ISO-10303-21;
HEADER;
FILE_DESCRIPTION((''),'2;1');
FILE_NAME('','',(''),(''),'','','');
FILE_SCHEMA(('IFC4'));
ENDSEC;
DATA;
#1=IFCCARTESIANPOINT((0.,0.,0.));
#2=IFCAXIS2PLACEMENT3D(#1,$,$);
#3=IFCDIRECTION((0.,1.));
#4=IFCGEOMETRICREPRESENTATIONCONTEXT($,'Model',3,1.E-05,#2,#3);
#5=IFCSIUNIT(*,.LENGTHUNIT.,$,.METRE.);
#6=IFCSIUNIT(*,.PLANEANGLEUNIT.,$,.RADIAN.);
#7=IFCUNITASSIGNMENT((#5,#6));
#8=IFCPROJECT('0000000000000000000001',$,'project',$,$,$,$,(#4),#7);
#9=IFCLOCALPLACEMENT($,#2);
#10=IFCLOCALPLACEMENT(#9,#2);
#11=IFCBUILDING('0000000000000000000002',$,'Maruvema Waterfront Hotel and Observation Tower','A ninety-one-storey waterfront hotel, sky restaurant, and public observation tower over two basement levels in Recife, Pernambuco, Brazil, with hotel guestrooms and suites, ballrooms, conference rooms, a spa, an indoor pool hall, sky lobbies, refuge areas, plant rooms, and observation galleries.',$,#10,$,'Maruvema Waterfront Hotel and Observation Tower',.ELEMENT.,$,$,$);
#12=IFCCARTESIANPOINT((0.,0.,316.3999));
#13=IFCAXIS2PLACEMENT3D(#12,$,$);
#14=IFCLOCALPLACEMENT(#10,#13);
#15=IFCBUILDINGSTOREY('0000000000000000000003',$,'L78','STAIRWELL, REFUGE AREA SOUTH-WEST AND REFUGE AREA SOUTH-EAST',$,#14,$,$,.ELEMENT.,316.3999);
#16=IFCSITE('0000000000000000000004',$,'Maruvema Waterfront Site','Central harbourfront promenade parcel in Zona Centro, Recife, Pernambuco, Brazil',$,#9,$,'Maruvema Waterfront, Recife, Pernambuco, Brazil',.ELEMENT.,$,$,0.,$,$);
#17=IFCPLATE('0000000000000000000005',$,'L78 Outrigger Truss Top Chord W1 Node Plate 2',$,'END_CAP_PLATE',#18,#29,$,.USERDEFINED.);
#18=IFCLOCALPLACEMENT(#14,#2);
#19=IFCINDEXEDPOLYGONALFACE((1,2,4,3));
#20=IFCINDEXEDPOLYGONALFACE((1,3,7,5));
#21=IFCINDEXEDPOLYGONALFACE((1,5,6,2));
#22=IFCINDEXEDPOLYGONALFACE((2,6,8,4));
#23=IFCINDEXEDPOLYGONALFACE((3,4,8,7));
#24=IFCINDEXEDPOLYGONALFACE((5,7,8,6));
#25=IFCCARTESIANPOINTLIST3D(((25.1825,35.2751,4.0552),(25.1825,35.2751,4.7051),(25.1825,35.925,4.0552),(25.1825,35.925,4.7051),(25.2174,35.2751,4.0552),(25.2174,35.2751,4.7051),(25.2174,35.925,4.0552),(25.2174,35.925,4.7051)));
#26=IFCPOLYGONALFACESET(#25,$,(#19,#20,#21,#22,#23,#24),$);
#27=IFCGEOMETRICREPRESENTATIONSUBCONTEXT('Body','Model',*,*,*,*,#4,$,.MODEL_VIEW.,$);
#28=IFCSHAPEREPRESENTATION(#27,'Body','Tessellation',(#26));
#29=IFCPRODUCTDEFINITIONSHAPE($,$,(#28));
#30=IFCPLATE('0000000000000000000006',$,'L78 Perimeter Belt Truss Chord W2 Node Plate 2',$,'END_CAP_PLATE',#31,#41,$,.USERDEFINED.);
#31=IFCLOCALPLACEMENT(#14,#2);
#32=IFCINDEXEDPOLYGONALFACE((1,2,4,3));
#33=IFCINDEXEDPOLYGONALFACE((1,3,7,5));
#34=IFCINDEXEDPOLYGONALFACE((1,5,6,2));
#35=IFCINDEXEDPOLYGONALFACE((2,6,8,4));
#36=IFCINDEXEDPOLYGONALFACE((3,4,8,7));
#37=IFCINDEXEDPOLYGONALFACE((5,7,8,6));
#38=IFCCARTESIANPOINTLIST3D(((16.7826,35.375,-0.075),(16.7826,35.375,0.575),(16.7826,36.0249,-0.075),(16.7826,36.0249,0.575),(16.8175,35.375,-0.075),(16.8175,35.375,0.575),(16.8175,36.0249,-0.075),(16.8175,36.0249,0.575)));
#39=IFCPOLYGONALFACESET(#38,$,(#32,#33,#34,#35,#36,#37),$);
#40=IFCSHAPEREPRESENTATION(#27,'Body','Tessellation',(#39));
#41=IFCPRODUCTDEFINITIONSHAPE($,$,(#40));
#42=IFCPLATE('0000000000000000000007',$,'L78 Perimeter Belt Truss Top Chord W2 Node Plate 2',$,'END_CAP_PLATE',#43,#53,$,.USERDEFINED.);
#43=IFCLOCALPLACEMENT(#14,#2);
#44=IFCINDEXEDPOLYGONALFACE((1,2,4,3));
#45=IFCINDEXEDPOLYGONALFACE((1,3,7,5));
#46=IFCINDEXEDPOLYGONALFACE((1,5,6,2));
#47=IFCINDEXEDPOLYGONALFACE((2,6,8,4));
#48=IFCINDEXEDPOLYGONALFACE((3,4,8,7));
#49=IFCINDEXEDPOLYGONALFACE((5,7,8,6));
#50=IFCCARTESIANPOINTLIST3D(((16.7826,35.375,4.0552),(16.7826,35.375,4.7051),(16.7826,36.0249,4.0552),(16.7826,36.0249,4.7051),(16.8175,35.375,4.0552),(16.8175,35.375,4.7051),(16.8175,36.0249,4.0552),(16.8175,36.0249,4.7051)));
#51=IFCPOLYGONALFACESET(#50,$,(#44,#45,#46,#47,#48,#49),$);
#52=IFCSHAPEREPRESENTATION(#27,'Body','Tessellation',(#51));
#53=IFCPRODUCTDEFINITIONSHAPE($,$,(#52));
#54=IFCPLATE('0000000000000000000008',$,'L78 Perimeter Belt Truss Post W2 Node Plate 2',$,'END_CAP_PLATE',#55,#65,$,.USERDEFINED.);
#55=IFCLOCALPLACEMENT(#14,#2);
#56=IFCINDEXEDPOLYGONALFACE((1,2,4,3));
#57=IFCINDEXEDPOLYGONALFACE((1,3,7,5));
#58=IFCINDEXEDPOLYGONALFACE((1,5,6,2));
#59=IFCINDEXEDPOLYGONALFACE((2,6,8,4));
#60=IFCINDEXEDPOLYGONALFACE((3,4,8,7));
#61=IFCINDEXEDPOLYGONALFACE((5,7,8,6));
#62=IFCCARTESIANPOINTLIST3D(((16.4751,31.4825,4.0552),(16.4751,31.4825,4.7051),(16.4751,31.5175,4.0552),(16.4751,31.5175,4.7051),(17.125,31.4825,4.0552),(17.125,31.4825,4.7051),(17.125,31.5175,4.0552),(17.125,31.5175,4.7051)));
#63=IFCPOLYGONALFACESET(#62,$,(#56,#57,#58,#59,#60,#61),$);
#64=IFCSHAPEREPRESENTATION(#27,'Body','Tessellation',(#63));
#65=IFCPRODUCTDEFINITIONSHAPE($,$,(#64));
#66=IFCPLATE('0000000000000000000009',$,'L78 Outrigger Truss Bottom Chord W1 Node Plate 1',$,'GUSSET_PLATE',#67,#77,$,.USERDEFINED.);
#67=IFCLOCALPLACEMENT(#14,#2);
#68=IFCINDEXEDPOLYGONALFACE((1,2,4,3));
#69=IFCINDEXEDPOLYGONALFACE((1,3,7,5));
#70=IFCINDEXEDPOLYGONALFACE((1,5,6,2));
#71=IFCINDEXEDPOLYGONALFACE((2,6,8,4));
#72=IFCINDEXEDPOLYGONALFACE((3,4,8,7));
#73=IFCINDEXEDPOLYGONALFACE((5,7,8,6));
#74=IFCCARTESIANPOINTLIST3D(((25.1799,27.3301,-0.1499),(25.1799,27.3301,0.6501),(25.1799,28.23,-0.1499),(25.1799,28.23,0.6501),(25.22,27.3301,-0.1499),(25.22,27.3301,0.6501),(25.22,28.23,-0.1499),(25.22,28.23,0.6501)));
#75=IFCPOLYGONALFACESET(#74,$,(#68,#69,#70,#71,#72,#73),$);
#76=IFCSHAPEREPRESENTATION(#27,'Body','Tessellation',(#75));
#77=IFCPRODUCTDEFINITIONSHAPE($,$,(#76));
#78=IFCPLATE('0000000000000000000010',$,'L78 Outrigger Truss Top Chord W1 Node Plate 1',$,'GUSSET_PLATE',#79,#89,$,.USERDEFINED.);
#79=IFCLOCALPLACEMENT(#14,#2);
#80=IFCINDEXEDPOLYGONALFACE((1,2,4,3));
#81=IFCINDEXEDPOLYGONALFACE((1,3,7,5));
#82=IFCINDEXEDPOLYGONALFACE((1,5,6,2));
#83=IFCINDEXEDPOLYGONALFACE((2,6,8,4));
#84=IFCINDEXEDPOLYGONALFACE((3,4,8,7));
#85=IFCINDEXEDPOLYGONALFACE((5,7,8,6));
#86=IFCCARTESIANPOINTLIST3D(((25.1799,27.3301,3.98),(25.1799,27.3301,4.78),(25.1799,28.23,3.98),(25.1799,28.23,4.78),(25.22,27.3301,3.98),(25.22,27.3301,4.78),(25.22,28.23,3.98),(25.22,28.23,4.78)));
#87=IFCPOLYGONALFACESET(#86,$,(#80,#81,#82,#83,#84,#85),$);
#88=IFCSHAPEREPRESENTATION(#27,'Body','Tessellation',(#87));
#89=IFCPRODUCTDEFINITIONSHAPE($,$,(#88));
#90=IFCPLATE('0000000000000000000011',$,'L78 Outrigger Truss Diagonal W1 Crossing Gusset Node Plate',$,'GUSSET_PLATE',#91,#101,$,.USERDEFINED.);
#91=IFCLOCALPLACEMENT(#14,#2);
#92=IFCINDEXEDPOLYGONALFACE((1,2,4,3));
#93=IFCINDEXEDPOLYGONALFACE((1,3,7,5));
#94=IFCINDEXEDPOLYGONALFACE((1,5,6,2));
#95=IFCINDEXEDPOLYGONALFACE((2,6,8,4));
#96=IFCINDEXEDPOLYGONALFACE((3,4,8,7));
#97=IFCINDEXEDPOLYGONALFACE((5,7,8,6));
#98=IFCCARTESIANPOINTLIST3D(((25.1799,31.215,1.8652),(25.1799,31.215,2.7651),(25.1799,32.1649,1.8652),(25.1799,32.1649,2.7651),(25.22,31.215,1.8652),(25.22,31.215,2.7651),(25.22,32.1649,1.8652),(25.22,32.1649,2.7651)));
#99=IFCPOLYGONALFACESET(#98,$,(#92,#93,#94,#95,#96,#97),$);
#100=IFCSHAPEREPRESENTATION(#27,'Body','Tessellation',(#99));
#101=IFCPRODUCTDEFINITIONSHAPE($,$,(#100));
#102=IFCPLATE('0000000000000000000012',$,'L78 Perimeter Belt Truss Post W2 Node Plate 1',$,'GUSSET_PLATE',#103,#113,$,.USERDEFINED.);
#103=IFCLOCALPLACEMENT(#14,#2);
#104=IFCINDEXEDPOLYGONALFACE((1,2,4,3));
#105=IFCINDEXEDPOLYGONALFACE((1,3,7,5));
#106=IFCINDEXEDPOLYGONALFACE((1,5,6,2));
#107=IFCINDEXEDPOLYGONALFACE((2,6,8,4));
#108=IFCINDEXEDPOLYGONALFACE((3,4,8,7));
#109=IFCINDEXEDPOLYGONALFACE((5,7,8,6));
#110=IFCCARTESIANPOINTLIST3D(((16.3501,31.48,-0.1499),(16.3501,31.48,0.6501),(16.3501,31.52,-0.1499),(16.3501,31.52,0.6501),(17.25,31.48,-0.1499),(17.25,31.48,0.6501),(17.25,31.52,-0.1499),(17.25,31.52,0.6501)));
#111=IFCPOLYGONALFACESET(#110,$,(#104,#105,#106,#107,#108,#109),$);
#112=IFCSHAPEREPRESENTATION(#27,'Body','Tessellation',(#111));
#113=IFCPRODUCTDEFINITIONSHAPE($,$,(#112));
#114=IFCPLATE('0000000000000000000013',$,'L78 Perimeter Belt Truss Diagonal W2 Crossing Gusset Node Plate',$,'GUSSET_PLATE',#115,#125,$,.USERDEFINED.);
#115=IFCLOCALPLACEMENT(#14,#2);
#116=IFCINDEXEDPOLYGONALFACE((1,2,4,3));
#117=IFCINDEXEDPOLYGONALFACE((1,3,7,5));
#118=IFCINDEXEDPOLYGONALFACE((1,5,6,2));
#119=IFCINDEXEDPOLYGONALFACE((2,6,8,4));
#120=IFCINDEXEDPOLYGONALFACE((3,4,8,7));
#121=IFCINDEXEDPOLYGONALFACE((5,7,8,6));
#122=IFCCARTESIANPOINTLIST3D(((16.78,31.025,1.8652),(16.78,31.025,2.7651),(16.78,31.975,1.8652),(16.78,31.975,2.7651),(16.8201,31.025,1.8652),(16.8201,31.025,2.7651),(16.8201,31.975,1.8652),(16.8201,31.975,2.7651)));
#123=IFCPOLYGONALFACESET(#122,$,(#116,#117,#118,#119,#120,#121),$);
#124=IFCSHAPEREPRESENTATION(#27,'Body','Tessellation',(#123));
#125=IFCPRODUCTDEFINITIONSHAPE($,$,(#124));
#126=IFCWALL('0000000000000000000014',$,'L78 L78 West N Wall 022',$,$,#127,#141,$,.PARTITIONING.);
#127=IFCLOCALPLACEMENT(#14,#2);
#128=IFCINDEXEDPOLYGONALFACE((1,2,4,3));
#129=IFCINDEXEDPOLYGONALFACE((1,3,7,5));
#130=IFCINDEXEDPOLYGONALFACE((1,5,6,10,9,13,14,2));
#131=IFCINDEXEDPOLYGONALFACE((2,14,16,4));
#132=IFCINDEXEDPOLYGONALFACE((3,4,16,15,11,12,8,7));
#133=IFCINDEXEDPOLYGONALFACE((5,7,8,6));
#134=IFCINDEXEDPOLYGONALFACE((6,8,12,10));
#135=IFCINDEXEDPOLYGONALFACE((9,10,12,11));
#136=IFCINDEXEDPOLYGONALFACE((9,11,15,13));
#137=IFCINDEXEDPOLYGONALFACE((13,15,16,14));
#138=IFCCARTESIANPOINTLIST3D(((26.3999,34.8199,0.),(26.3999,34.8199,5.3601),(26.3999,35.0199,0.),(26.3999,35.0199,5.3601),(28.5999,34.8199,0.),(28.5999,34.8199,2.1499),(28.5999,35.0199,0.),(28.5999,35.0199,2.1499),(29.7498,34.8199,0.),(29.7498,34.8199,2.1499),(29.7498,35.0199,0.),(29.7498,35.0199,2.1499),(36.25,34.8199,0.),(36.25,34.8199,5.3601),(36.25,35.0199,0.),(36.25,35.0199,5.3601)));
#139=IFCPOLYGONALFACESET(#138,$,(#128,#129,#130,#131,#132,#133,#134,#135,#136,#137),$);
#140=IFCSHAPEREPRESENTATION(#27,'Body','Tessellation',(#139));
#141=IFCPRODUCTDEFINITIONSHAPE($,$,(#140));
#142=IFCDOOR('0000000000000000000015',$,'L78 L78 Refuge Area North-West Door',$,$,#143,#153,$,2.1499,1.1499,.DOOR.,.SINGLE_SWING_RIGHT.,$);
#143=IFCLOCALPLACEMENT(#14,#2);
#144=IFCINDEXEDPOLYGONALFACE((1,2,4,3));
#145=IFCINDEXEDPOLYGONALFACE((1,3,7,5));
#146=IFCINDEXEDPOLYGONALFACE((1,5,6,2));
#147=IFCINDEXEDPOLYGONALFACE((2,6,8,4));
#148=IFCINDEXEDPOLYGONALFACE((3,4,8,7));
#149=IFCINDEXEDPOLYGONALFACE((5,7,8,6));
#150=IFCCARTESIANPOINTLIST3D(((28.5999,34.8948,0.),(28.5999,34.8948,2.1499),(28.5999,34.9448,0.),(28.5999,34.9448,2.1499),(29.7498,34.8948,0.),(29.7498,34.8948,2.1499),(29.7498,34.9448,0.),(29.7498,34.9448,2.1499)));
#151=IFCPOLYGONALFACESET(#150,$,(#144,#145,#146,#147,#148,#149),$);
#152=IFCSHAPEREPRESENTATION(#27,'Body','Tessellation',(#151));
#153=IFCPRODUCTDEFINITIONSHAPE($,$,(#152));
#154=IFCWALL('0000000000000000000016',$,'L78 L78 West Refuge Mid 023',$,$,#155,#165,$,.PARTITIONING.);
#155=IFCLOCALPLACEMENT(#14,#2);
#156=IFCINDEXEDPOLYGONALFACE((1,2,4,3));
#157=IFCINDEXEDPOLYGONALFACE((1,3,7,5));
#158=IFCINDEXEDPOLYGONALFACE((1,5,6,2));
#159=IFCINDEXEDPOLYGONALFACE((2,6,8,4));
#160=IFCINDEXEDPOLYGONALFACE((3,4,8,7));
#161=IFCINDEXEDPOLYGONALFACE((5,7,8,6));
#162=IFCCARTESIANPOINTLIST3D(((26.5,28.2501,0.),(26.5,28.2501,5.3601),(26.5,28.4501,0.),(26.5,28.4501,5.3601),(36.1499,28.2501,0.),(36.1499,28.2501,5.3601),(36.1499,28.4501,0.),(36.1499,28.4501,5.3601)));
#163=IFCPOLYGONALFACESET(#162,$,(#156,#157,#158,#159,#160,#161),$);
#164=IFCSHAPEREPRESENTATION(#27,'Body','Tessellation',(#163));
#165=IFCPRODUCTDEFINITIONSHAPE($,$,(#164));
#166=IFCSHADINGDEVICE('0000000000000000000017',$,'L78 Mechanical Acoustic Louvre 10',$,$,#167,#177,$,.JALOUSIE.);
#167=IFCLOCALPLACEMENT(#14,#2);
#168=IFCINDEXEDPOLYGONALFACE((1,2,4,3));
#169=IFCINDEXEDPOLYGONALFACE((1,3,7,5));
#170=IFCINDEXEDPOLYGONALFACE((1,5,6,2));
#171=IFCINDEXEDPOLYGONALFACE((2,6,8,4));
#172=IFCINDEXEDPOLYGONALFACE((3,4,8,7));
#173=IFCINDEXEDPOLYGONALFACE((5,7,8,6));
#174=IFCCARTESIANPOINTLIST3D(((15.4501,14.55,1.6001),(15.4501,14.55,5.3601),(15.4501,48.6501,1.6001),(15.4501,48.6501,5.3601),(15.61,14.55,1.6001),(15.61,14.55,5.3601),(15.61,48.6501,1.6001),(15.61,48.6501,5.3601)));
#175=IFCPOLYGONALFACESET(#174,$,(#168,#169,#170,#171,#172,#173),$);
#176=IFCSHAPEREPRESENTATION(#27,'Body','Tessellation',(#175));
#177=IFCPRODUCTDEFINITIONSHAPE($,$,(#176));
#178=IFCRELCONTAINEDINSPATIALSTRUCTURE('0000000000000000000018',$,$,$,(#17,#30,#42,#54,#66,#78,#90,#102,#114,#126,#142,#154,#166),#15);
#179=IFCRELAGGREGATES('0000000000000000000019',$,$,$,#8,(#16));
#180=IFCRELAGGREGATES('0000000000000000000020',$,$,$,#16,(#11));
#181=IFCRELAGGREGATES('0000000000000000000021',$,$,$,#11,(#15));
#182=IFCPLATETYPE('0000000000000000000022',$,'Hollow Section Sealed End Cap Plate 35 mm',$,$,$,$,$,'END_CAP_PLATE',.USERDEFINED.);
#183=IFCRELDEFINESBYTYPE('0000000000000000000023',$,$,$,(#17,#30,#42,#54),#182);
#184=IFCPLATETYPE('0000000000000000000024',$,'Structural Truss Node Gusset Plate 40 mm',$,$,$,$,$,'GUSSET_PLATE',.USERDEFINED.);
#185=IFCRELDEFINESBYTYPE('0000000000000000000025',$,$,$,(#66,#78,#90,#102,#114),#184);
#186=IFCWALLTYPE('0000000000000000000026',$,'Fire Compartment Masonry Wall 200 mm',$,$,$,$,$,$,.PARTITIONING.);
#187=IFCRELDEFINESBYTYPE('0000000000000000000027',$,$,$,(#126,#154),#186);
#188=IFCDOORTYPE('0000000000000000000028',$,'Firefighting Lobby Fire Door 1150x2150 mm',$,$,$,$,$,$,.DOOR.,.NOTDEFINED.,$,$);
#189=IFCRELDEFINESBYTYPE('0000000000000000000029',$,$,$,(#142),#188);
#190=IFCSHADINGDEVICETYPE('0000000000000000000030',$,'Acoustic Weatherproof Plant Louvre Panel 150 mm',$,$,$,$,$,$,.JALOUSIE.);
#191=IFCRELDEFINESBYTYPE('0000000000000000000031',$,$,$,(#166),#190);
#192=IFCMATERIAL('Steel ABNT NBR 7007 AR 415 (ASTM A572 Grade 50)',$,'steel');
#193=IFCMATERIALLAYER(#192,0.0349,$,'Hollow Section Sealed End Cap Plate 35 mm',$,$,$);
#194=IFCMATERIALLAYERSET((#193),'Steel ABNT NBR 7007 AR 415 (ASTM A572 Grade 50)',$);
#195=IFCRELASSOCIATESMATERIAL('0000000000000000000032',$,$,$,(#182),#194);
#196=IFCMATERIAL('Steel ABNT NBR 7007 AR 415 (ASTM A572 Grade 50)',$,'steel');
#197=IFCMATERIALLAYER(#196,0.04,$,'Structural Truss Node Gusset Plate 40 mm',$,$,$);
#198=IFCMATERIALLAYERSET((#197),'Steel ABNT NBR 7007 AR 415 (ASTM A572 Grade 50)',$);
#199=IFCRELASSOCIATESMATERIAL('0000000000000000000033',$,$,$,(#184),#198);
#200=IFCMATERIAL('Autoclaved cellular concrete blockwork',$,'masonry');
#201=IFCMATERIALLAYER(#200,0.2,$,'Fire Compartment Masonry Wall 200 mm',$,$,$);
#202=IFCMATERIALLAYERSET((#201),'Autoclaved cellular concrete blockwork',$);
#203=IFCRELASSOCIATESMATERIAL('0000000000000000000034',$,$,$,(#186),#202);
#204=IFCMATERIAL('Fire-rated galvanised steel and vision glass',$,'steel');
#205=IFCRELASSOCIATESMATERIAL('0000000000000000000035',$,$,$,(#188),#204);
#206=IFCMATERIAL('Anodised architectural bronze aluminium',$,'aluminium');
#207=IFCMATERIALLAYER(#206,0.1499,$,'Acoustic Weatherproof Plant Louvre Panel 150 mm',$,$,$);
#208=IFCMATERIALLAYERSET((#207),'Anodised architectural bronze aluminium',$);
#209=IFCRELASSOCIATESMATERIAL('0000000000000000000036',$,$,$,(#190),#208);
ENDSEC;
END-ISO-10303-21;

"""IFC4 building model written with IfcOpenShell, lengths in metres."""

from ifc_helpers import new_model, si_unit, direction, frame, frame_2d, origin, origin_2d, place, context, subcontext, project, spatial, rectangle, extrude, material, layer, layer_set, type_object, element, fill, save


model = new_model("IFC4")

# Units and contexts
model_context = context("Model", 3, precision=1e-05, world=origin(), true_north=direction((0.0, 1.0)))
body_context = subcontext(model_context, "Body", "Model", "MODEL_VIEW")
ifc_project = project(units=[si_unit("LENGTHUNIT", "METRE"), si_unit("PLANEANGLEUNIT", "RADIAN")], contexts=[model_context])

# Site, building, storey
site_placement = place(None, origin())
site = spatial("IfcSite", under=ifc_project, at=site_placement, Name="Maruvema Waterfront Site", Description="Central harbourfront promenade parcel in Zona Centro, Recife, Pernambuco, Brazil", LongName="Maruvema Waterfront, Recife, Pernambuco, Brazil", CompositionType="ELEMENT", RefElevation=0.0)
building_placement = place(site_placement, origin())
building = spatial("IfcBuilding", under=site, at=building_placement, Name="Maruvema Waterfront Hotel and Observation Tower", Description="A ninety-one-storey waterfront hotel, sky restaurant, and public observation tower over two basement levels in Recife, Pernambuco, Brazil, with hotel guestrooms and suites, ballrooms, conference rooms, a spa, an indoor pool hall, sky lobbies, refuge areas, plant rooms, and observation galleries.", LongName="Maruvema Waterfront Hotel and Observation Tower", CompositionType="ELEMENT")
storey_placement = place(building_placement, frame((0.0, 0.0, 316.3999)))
storey = spatial("IfcBuildingStorey", under=building, at=storey_placement, Name="L78", Description="STAIRWELL, REFUGE AREA SOUTH-WEST AND REFUGE AREA SOUTH-EAST", CompositionType="ELEMENT", Elevation=316.3999)

# Plates
ifc_material_1 = material(Name="Steel ABNT NBR 7007 AR 415 (ASTM A572 Grade 50)", Category="steel")
ifc_layer_1 = layer(ifc_material_1, 0.0349, Name="Hollow Section Sealed End Cap Plate 35 mm")
ifc_layer_set_1 = layer_set([ifc_layer_1], Name="Steel ABNT NBR 7007 AR 415 (ASTM A572 Grade 50)")
plate_type_1 = type_object("IfcPlateType", Name="Hollow Section Sealed End Cap Plate 35 mm", ElementType="END_CAP_PLATE", PredefinedType="USERDEFINED", material=ifc_layer_set_1)
for number, where, z_axis, x_axis, name in (
    (1, (25.2, 35.6001, 4.0552), (0.0, 0.0, 1.0), (0.0, 1.0, 0.0), "L78 Outrigger Truss Top Chord W1 Node Plate 2"),
    (2, (16.8, 35.7, -0.075), (0.0, 0.0, 1.0), (0.0, 1.0, 0.0), "L78 Perimeter Belt Truss Chord W2 Node Plate 2"),
    (3, (16.8, 35.7, 4.0552), (0.0, 0.0, 1.0), (0.0, 1.0, 0.0), "L78 Perimeter Belt Truss Top Chord W2 Node Plate 2"),
    (4, (16.8, 31.5, 4.0552), (0.0, 0.0, 1.0), (1.0, 0.0, 0.0), "L78 Perimeter Belt Truss Post W2 Node Plate 2"),
):
    element("IfcPlate", number, at=place(storey_placement, frame(where, z_axis=z_axis, x_axis=x_axis)), inside=storey, type_object=plate_type_1, Name=name, ObjectType="END_CAP_PLATE", PredefinedType="USERDEFINED", context=body_context, shape_type="SweptSolid", body=[
        extrude(rectangle(XDim=0.6499, YDim=0.0349, at=origin_2d()), origin(), (0.0, 0.0, 1.0), 0.6499),
    ])
ifc_material_2 = material(Name="Steel ABNT NBR 7007 AR 415 (ASTM A572 Grade 50)", Category="steel")
ifc_layer_2 = layer(ifc_material_2, 0.04, Name="Structural Truss Node Gusset Plate 40 mm")
ifc_layer_set_2 = layer_set([ifc_layer_2], Name="Steel ABNT NBR 7007 AR 415 (ASTM A572 Grade 50)")
plate_type_2 = type_object("IfcPlateType", Name="Structural Truss Node Gusset Plate 40 mm", ElementType="GUSSET_PLATE", PredefinedType="USERDEFINED", material=ifc_layer_set_2)
for number, where, z_axis, x_axis, name in (
    (5, (25.2, 27.78, -0.1499), (0.0, 0.0, 1.0), (0.0, 1.0, 0.0), "L78 Outrigger Truss Bottom Chord W1 Node Plate 1"),
    (6, (25.2, 27.78, 3.98), (0.0, 0.0, 1.0), (0.0, 1.0, 0.0), "L78 Outrigger Truss Top Chord W1 Node Plate 1"),
):
    element("IfcPlate", number, at=place(storey_placement, frame(where, z_axis=z_axis, x_axis=x_axis)), inside=storey, type_object=plate_type_2, Name=name, ObjectType="GUSSET_PLATE", PredefinedType="USERDEFINED", context=body_context, shape_type="SweptSolid", body=[
        extrude(rectangle(XDim=0.8999, YDim=0.04, at=origin_2d()), origin(), (0.0, 0.0, 1.0), 0.8),
    ])
plate_1_placement = place(storey_placement, frame((25.2, 31.6899, 1.8652), z_axis=(0.0, 0.0, 1.0), x_axis=(0.0, -1.0, 0.0)))
element("IfcPlate", 7, at=plate_1_placement, inside=storey, type_object=plate_type_2, Name="L78 Outrigger Truss Diagonal W1 Crossing Gusset Node Plate", ObjectType="GUSSET_PLATE", PredefinedType="USERDEFINED", context=body_context, shape_type="SweptSolid", body=[
    extrude(rectangle(XDim=0.95, YDim=0.04, at=origin_2d()), origin(), (0.0, 0.0, 1.0), 0.8999),
])
plate_2_placement = place(storey_placement, frame((16.8, 31.5, -0.1499), z_axis=(0.0, 0.0, 1.0), x_axis=(1.0, 0.0, 0.0)))
element("IfcPlate", 8, at=plate_2_placement, inside=storey, type_object=plate_type_2, Name="L78 Perimeter Belt Truss Post W2 Node Plate 1", ObjectType="GUSSET_PLATE", PredefinedType="USERDEFINED", context=body_context, shape_type="SweptSolid", body=[
    extrude(rectangle(XDim=0.8999, YDim=0.04, at=origin_2d()), origin(), (0.0, 0.0, 1.0), 0.8),
])
plate_3_placement = place(storey_placement, frame((16.8, 31.5, 1.8652), z_axis=(0.0, 0.0, 1.0), x_axis=(0.0, -1.0, 0.0)))
element("IfcPlate", 9, at=plate_3_placement, inside=storey, type_object=plate_type_2, Name="L78 Perimeter Belt Truss Diagonal W2 Crossing Gusset Node Plate", ObjectType="GUSSET_PLATE", PredefinedType="USERDEFINED", context=body_context, shape_type="SweptSolid", body=[
    extrude(rectangle(XDim=0.95, YDim=0.04, at=origin_2d()), origin(), (0.0, 0.0, 1.0), 0.8999),
])

# Wall, opening, door
ifc_material_3 = material(Name="Autoclaved cellular concrete blockwork", Category="masonry")
ifc_layer_3 = layer(ifc_material_3, 0.2, Name="Fire Compartment Masonry Wall 200 mm")
ifc_layer_set_3 = layer_set([ifc_layer_3], Name="Autoclaved cellular concrete blockwork")
wall_type = type_object("IfcWallType", Name="Fire Compartment Masonry Wall 200 mm", PredefinedType="PARTITIONING", material=ifc_layer_set_3)
wall_1_placement = place(storey_placement, frame((26.3999, 34.9199, 0.0), z_axis=(0.0, 0.0, 1.0), x_axis=(1.0, 0.0, 0.0)))
wall_1 = element("IfcWall", 10, at=wall_1_placement, inside=storey, type_object=wall_type, Name="L78 L78 West N Wall 022", PredefinedType="PARTITIONING", context=body_context, shape_type="SweptSolid", body=[
    extrude(rectangle(XDim=9.8501, YDim=0.2, at=frame_2d((4.925, 0.0))), origin(), (0.0, 0.0, 1.0), 5.3601),
])
opening_placement = place(wall_1_placement, frame((2.2, 0.0, 0.0)))
opening = element("IfcOpeningElement", 11, at=opening_placement, cuts=wall_1, PredefinedType="OPENING", context=body_context, shape_type="SweptSolid", body=[
    extrude(rectangle(XDim=1.1499, YDim=2.1499, at=frame_2d((0.575, 1.075))), frame((0.0, 0.1099, 0.0), z_axis=(0.0, -1.0, 0.0), x_axis=(1.0, 0.0, 0.0)), (0.0, 0.0, 1.0), 0.22),
])
ifc_material_4 = material(Name="Fire-rated galvanised steel and vision glass", Category="steel")
door_type = type_object("IfcDoorType", Name="Firefighting Lobby Fire Door 1150x2150 mm", OperationType="NOTDEFINED", PredefinedType="DOOR", material=ifc_material_4)
door_placement = place(opening_placement, origin())
door = element("IfcDoor", 12, at=door_placement, inside=storey, type_object=door_type, Name="L78 L78 Refuge Area North-West Door", OperationType="SINGLE_SWING_RIGHT", OverallHeight=2.1499, OverallWidth=1.1499, PredefinedType="DOOR", context=body_context, shape_type="SweptSolid", body=[
    extrude(rectangle(XDim=1.1499, YDim=2.1499, at=frame_2d((0.575, 1.075))), frame((0.0, 0.0249, 0.0), z_axis=(0.0, -1.0, 0.0), x_axis=(1.0, 0.0, 0.0)), (0.0, 0.0, 1.0), 0.05),
])
fill(opening, door)

# Wall
wall_2_placement = place(storey_placement, frame((26.5, 28.3501, 0.0), z_axis=(0.0, 0.0, 1.0), x_axis=(1.0, 0.0, 0.0)))
element("IfcWall", 13, at=wall_2_placement, inside=storey, type_object=wall_type, Name="L78 L78 West Refuge Mid 023", PredefinedType="PARTITIONING", context=body_context, shape_type="SweptSolid", body=[
    extrude(rectangle(XDim=9.6499, YDim=0.2, at=frame_2d((4.825, 0.0))), origin(), (0.0, 0.0, 1.0), 5.3601),
])

# Shading device
ifc_material_5 = material(Name="Anodised architectural bronze aluminium", Category="aluminium")
ifc_layer_4 = layer(ifc_material_5, 0.1499, Name="Acoustic Weatherproof Plant Louvre Panel 150 mm")
ifc_layer_set_4 = layer_set([ifc_layer_4], Name="Anodised architectural bronze aluminium")
shading_device_type = type_object("IfcShadingDeviceType", Name="Acoustic Weatherproof Plant Louvre Panel 150 mm", PredefinedType="JALOUSIE", material=ifc_layer_set_4)
shading_device_placement = place(storey_placement, frame((15.53, 31.6001, 1.6001), z_axis=(0.0, 0.0, 1.0), x_axis=(0.0, -1.0, 0.0)))
element("IfcShadingDevice", 14, at=shading_device_placement, inside=storey, type_object=shading_device_type, Name="L78 Mechanical Acoustic Louvre 10", PredefinedType="JALOUSIE", context=body_context, shape_type="SweptSolid", body=[
    extrude(rectangle(XDim=34.1001, YDim=0.1599, at=origin_2d()), origin(), (0.0, 0.0, 1.0), 3.76),
])

save(model, "model.ifc")
